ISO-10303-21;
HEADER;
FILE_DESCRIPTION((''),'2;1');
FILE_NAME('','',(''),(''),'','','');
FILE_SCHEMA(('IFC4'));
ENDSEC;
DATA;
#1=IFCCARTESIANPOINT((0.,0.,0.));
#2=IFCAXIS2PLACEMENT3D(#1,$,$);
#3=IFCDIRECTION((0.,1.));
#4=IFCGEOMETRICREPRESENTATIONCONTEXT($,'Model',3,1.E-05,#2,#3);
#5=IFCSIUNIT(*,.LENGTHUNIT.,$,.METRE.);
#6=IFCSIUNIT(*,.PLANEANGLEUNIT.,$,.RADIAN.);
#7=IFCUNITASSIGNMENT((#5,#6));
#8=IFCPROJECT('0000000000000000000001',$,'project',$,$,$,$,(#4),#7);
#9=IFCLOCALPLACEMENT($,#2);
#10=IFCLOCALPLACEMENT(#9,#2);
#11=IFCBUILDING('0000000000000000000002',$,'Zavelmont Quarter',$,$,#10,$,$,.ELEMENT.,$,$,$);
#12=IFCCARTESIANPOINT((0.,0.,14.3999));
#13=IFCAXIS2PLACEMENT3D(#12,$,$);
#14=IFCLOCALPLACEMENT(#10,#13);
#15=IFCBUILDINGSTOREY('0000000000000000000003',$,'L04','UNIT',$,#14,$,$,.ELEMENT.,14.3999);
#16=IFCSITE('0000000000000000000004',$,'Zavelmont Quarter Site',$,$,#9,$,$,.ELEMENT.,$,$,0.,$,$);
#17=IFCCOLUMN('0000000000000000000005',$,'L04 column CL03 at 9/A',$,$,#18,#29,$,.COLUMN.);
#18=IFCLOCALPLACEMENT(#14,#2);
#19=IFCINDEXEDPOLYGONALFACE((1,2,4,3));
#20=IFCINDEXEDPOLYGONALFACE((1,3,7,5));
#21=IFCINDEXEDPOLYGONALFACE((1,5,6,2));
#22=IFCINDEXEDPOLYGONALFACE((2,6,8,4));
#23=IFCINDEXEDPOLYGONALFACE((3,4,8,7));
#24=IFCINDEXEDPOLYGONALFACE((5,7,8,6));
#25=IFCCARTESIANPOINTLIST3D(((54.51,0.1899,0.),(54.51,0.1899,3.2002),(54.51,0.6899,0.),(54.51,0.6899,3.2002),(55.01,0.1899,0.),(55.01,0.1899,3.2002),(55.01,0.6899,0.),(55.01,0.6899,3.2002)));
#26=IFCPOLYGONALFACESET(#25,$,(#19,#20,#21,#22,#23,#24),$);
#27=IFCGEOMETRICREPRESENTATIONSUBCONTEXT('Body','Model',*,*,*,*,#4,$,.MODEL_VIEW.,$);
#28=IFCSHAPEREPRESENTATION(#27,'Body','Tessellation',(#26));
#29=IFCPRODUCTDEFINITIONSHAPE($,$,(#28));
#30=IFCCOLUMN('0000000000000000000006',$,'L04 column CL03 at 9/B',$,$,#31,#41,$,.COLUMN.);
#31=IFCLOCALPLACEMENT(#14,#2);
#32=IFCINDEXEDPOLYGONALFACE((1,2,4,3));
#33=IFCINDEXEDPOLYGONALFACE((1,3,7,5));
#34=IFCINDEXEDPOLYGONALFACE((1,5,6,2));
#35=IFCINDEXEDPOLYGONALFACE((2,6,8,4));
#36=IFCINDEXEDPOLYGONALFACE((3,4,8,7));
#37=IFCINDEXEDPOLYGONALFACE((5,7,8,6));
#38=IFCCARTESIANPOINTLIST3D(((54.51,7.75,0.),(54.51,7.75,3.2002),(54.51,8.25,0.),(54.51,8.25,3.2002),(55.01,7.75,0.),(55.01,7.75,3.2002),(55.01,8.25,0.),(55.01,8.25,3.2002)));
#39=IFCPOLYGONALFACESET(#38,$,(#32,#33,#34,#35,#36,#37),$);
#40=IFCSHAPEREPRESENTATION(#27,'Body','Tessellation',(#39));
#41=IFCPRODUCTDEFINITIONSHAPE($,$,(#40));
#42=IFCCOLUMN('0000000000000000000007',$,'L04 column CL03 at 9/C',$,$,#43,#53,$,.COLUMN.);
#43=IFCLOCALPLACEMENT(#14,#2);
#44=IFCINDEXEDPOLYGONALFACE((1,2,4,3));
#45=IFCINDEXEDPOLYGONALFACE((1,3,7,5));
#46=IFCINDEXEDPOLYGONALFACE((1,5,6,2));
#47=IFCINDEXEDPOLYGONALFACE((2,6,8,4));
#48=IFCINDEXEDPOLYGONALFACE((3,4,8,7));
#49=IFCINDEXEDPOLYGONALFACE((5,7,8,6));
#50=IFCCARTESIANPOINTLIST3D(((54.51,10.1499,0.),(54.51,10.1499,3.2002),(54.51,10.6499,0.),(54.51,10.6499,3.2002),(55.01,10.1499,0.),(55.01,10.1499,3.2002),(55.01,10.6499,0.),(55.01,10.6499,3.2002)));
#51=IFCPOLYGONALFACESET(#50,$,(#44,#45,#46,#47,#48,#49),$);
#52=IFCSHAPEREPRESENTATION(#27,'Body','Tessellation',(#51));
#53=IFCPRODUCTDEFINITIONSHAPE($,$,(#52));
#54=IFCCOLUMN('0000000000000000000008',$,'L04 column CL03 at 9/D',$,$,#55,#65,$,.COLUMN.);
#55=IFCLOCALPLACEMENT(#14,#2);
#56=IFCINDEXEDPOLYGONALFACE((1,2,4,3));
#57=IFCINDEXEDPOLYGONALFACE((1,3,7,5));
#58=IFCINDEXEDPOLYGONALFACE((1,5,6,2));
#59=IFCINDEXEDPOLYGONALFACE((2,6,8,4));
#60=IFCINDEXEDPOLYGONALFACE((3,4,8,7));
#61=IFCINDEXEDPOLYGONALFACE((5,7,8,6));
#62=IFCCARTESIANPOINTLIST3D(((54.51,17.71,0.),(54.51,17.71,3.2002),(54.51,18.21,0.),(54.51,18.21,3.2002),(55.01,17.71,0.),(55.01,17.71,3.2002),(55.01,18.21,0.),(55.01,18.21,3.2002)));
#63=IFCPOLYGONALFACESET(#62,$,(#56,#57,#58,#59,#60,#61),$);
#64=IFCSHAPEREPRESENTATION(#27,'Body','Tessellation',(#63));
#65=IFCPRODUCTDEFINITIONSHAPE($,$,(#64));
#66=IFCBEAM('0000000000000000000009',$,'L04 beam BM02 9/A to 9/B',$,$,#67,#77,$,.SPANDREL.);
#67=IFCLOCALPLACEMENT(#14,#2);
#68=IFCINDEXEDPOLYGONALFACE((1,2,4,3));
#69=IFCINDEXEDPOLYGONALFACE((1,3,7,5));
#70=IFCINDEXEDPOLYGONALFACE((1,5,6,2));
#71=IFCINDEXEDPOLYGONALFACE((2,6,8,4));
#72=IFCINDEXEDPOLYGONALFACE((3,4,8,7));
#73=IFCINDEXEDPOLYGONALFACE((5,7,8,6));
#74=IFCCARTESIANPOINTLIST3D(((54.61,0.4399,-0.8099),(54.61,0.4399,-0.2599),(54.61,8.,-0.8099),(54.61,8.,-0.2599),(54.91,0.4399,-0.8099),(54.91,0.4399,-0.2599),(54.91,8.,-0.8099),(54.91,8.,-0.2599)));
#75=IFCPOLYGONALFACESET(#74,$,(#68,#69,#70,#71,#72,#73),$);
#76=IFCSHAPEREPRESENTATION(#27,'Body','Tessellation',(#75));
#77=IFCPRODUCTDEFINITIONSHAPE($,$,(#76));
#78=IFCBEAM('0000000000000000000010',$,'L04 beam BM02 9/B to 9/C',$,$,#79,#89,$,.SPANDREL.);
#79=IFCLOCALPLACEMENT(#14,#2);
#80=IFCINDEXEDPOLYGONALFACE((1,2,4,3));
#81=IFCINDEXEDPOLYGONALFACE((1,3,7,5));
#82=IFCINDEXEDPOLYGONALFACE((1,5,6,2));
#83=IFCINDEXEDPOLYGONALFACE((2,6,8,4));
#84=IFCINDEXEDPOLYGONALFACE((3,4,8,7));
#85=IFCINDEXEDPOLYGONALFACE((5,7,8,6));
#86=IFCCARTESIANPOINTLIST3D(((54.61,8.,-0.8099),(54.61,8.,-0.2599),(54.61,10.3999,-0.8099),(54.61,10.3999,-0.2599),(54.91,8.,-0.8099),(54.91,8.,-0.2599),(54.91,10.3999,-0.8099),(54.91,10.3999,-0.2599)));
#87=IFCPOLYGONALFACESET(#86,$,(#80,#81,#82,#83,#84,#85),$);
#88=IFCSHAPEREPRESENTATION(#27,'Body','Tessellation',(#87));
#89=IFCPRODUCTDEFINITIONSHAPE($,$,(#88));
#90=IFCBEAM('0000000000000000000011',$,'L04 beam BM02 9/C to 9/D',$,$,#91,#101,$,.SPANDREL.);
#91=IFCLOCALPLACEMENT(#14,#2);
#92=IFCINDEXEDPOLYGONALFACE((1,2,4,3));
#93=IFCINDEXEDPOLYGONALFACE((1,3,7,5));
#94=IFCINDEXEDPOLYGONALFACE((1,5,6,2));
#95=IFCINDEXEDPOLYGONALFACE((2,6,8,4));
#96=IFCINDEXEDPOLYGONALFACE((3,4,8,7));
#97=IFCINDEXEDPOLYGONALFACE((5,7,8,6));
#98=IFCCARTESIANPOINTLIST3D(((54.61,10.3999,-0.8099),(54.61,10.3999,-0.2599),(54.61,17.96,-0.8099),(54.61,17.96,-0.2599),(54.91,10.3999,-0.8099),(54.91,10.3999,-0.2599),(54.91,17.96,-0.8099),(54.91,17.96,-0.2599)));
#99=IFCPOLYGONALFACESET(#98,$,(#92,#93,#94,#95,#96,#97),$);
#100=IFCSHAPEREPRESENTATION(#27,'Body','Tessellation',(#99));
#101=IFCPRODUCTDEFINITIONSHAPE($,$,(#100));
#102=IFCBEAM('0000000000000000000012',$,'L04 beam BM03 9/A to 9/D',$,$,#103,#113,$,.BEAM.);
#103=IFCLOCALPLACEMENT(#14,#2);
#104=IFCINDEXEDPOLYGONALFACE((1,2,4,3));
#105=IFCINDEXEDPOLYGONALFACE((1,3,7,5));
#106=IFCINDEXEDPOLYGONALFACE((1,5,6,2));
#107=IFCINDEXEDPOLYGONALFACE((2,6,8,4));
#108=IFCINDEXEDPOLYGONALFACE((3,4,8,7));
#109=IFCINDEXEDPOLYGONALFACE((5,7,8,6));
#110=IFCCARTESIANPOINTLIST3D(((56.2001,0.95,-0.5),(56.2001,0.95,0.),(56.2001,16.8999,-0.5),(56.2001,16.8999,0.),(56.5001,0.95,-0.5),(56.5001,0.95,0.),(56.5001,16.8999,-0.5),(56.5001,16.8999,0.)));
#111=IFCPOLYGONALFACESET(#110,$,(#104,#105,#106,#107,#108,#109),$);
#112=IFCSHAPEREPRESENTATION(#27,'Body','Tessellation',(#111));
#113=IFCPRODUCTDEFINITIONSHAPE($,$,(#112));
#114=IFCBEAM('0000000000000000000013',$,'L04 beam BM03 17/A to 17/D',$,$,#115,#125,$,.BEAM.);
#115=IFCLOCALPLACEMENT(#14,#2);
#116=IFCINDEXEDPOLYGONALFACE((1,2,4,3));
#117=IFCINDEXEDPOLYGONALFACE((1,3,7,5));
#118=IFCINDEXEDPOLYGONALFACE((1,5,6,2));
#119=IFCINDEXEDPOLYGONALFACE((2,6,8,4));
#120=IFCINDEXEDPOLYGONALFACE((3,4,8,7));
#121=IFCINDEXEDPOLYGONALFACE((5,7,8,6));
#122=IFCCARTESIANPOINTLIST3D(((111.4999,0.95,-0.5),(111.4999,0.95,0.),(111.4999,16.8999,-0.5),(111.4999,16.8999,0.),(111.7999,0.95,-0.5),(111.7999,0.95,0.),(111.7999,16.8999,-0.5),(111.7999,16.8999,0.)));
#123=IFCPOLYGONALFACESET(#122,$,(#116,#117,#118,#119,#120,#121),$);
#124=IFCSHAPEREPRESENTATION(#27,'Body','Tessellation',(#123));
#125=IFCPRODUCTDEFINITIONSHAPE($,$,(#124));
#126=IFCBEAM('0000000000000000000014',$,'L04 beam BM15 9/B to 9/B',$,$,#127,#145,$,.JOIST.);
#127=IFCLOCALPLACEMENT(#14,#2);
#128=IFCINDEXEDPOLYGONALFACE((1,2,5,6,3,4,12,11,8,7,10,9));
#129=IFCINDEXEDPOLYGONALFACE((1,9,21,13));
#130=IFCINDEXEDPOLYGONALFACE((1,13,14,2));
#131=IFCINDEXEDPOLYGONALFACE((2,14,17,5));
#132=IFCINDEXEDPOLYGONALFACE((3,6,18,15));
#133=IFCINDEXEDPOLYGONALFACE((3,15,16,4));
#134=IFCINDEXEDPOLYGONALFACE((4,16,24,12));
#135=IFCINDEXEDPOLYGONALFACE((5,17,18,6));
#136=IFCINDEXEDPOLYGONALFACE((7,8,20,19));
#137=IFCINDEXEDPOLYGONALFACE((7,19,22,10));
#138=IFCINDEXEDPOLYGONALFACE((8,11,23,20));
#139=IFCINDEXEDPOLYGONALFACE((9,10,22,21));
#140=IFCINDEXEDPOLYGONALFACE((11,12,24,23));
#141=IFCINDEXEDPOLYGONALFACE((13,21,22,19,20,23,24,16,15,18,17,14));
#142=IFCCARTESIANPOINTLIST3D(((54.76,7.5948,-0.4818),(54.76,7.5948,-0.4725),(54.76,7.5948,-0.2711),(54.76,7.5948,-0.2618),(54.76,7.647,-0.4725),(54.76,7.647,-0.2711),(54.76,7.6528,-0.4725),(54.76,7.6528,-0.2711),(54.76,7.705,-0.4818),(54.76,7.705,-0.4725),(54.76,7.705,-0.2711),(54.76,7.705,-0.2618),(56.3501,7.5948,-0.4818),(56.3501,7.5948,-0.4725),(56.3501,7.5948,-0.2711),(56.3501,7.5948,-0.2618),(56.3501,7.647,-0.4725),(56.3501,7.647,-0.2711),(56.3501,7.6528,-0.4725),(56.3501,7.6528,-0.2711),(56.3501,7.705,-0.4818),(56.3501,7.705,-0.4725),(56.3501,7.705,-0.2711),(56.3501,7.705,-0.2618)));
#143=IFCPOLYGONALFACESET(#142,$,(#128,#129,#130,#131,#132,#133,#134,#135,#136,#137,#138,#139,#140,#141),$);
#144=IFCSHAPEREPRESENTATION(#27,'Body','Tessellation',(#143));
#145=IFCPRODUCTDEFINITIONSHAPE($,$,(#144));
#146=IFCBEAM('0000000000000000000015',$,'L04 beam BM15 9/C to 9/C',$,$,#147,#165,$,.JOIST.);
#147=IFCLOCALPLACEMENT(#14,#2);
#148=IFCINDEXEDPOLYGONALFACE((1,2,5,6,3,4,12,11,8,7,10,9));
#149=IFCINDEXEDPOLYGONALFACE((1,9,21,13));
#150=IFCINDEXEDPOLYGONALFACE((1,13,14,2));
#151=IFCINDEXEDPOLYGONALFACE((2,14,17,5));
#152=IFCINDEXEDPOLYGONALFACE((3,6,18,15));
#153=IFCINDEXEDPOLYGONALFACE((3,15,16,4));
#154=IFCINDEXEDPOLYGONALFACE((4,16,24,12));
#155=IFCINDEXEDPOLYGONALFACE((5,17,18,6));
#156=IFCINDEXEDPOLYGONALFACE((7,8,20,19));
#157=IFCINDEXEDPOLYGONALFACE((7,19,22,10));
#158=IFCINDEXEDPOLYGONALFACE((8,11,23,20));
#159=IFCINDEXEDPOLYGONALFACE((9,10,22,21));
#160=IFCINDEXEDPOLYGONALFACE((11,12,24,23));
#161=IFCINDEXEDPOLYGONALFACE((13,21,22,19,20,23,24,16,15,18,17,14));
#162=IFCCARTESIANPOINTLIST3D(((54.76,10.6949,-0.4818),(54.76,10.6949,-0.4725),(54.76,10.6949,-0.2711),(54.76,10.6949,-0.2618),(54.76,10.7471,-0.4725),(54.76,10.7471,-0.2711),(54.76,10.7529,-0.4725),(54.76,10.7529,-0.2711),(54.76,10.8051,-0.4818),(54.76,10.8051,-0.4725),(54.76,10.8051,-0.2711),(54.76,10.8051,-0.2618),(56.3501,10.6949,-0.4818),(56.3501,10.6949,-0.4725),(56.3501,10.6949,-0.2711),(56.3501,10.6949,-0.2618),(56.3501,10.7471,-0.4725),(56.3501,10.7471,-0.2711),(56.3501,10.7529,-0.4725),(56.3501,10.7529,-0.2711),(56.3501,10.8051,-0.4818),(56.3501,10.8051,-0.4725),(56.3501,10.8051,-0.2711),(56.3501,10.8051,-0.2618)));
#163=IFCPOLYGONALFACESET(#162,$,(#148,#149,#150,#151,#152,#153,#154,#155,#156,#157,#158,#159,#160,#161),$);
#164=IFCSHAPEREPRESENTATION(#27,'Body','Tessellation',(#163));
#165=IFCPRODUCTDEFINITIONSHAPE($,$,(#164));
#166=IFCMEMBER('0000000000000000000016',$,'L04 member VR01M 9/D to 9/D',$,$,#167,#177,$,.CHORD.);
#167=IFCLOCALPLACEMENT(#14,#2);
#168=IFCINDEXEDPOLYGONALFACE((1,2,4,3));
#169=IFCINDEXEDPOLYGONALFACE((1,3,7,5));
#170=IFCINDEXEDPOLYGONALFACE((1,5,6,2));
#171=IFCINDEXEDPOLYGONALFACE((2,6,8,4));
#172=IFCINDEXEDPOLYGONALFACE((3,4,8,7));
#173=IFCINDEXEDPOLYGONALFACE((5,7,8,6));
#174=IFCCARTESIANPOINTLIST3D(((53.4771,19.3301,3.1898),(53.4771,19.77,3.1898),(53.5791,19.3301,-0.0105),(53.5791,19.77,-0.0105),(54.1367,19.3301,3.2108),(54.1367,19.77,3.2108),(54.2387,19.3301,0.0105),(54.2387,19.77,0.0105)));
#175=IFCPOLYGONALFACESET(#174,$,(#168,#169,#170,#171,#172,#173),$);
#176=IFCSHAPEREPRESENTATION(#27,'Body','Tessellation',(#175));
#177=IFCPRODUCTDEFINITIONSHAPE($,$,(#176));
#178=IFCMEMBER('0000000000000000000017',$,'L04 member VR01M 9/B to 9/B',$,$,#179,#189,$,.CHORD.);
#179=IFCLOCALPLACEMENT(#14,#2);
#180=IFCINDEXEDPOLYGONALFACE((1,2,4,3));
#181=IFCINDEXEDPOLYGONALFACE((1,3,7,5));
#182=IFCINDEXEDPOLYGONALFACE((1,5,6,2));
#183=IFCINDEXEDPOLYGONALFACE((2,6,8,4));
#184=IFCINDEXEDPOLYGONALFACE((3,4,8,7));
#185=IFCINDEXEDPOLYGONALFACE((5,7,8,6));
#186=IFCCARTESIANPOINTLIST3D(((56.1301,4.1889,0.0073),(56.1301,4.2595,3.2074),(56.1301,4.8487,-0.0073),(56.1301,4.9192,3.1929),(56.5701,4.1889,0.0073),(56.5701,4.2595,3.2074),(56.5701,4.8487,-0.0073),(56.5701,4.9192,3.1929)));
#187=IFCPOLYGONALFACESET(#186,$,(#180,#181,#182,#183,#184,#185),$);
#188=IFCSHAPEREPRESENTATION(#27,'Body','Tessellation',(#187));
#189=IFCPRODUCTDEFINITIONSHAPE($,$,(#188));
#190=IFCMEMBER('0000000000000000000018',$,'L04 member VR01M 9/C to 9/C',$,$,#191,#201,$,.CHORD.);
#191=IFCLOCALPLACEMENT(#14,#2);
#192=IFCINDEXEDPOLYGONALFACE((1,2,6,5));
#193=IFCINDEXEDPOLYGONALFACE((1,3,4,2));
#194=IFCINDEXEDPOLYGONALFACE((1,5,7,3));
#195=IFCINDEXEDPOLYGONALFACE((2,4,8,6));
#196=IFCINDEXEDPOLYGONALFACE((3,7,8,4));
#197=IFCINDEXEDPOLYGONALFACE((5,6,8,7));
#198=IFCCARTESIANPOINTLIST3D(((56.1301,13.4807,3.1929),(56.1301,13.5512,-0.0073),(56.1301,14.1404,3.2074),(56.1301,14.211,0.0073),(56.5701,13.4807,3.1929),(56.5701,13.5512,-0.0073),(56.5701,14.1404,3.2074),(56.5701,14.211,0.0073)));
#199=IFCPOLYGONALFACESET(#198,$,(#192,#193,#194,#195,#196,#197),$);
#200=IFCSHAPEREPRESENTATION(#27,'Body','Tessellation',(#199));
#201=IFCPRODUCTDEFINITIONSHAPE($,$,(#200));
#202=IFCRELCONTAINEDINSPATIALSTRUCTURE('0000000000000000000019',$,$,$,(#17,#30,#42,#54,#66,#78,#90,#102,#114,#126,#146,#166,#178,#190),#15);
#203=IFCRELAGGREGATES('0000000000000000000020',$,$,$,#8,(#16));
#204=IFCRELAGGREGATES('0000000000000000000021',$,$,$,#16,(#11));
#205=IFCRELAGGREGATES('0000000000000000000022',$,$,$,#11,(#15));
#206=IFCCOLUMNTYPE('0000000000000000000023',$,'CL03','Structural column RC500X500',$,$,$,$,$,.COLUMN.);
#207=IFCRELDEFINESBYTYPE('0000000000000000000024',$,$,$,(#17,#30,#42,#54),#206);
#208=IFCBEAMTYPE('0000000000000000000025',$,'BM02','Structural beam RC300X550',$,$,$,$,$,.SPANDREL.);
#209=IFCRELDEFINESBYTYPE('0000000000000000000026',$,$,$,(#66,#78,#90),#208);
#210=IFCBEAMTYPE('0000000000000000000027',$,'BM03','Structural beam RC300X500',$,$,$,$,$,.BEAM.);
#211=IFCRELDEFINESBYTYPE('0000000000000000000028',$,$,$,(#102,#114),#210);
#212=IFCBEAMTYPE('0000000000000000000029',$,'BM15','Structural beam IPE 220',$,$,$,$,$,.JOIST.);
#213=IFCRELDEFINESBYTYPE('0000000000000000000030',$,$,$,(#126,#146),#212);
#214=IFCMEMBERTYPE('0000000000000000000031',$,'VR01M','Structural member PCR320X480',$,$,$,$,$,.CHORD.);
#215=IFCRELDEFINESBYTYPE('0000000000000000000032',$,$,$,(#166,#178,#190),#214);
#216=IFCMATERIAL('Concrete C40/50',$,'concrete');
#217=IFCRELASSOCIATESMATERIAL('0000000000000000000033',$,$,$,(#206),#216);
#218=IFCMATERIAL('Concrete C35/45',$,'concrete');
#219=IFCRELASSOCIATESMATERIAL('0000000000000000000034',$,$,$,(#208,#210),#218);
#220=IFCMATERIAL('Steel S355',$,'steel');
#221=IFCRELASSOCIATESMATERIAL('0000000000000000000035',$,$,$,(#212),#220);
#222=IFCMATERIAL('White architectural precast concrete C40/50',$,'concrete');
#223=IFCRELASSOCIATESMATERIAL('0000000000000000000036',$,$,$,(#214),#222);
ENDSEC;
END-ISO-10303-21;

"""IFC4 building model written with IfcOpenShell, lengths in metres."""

from ifc_helpers import new_model, si_unit, direction, frame, origin, origin_2d, place, context, subcontext, project, spatial, rectangle, i_section, extrude, material, material_profile, profile_set, type_object, element, save


model = new_model("IFC4")

# Units and contexts
model_context = context("Model", 3, precision=1e-05, world=origin(), true_north=direction((0.0, 1.0)))
body_context = subcontext(model_context, "Body", "Model", "MODEL_VIEW")
ifc_project = project(units=[si_unit("LENGTHUNIT", "METRE"), si_unit("PLANEANGLEUNIT", "RADIAN")], contexts=[model_context])

# Site, building, storey
site_placement = place(None, origin())
site = spatial("IfcSite", under=ifc_project, at=site_placement, Name="Zavelmont Quarter Site", CompositionType="ELEMENT", RefElevation=0.0)
building_placement = place(site_placement, origin())
building = spatial("IfcBuilding", under=site, at=building_placement, Name="Zavelmont Quarter", CompositionType="ELEMENT")
storey_placement = place(building_placement, frame((0.0, 0.0, 14.3999)))
storey = spatial("IfcBuildingStorey", under=building, at=storey_placement, Name="L04", Description="UNIT", CompositionType="ELEMENT", Elevation=14.3999)

# Columns
ifc_material_1 = material(Name="Concrete C40/50", Category="concrete")
ifc_material_profile_1 = material_profile(ifc_material_1, rectangle(XDim=0.5, YDim=0.5, at=origin_2d()), Name="RC500X500")
ifc_profile_set_1 = profile_set([ifc_material_profile_1], Name="Concrete C40/50")
column_type = type_object("IfcColumnType", Name="CL03", Description="Structural column RC500X500", PredefinedType="COLUMN", material=ifc_profile_set_1)
for number, where, z_axis, x_axis, name in (
    (1, (54.76, 0.4399, 0.0), (0.0, 0.0, 1.0), (1.0, 0.0, 0.0), "L04 column CL03 at 9/A"),
    (2, (54.76, 8.0, 0.0), (0.0, 0.0, 1.0), (1.0, 0.0, 0.0), "L04 column CL03 at 9/B"),
    (3, (54.76, 10.3999, 0.0), (0.0, 0.0, 1.0), (1.0, 0.0, 0.0), "L04 column CL03 at 9/C"),
    (4, (54.76, 17.96, 0.0), (0.0, 0.0, 1.0), (1.0, 0.0, 0.0), "L04 column CL03 at 9/D"),
):
    element("IfcColumn", number, at=place(storey_placement, frame(where, z_axis=z_axis, x_axis=x_axis)), inside=storey, type_object=column_type, Name=name, PredefinedType="COLUMN", context=body_context, shape_type="SweptSolid", body=[
        extrude(rectangle(XDim=0.5, YDim=0.5, at=origin_2d()), origin(), (0.0, 0.0, 1.0), 3.2002),
    ])

# Beams
ifc_material_2 = material(Name="Concrete C35/45", Category="concrete")
ifc_material_profile_2 = material_profile(ifc_material_2, rectangle(XDim=0.3, YDim=0.55, at=origin_2d()), Name="RC300X550")
ifc_profile_set_2 = profile_set([ifc_material_profile_2], Name="Concrete C35/45")
beam_type_1 = type_object("IfcBeamType", Name="BM02", Description="Structural beam RC300X550", PredefinedType="SPANDREL", material=ifc_profile_set_2)
beam_1_placement = place(storey_placement, frame((54.76, 0.4399, -0.5349), z_axis=(0.0, 1.0, 0.0), x_axis=(-1.0, 0.0, 0.0)))
element("IfcBeam", 5, at=beam_1_placement, inside=storey, type_object=beam_type_1, Name="L04 beam BM02 9/A to 9/B", PredefinedType="SPANDREL", context=body_context, shape_type="SweptSolid", body=[
    extrude(rectangle(XDim=0.3, YDim=0.55, at=origin_2d()), origin(), (0.0, 0.0, 1.0), 7.5601),
])
beam_2_placement = place(storey_placement, frame((54.76, 8.0, -0.5349), z_axis=(0.0, 1.0, 0.0), x_axis=(-1.0, 0.0, 0.0)))
element("IfcBeam", 6, at=beam_2_placement, inside=storey, type_object=beam_type_1, Name="L04 beam BM02 9/B to 9/C", PredefinedType="SPANDREL", context=body_context, shape_type="SweptSolid", body=[
    extrude(rectangle(XDim=0.3, YDim=0.55, at=origin_2d()), origin(), (0.0, 0.0, 1.0), 2.3999),
])
beam_3_placement = place(storey_placement, frame((54.76, 10.3999, -0.5349), z_axis=(0.0, 1.0, 0.0), x_axis=(-1.0, 0.0, 0.0)))
element("IfcBeam", 7, at=beam_3_placement, inside=storey, type_object=beam_type_1, Name="L04 beam BM02 9/C to 9/D", PredefinedType="SPANDREL", context=body_context, shape_type="SweptSolid", body=[
    extrude(rectangle(XDim=0.3, YDim=0.55, at=origin_2d()), origin(), (0.0, 0.0, 1.0), 7.5601),
])
ifc_material_profile_3 = material_profile(ifc_material_2, rectangle(XDim=0.3, YDim=0.5, at=origin_2d()), Name="RC300X500")
ifc_profile_set_3 = profile_set([ifc_material_profile_3], Name="Concrete C35/45")
beam_type_2 = type_object("IfcBeamType", Name="BM03", Description="Structural beam RC300X500", PredefinedType="BEAM", material=ifc_profile_set_3)
for number, where, z_axis, x_axis, name in (
    (8, (56.3501, 0.95, -0.25), (0.0, 1.0, 0.0), (-1.0, 0.0, 0.0), "L04 beam BM03 9/A to 9/D"),
    (9, (111.6499, 0.95, -0.25), (0.0, 1.0, 0.0), (-1.0, 0.0, 0.0), "L04 beam BM03 17/A to 17/D"),
):
    element("IfcBeam", number, at=place(storey_placement, frame(where, z_axis=z_axis, x_axis=x_axis)), inside=storey, type_object=beam_type_2, Name=name, PredefinedType="BEAM", context=body_context, shape_type="SweptSolid", body=[
        extrude(rectangle(XDim=0.3, YDim=0.5, at=origin_2d()), origin(), (0.0, 0.0, 1.0), 15.95),
    ])
ifc_material_3 = material(Name="Steel S355", Category="steel")
ifc_material_profile_4 = material_profile(ifc_material_3, i_section(OverallWidth=0.1101, OverallDepth=0.22, WebThickness=0.0059, FlangeThickness=0.0093, at=origin_2d()), Name="IPE 220")
ifc_profile_set_4 = profile_set([ifc_material_profile_4], Name="Steel S355")
beam_type_3 = type_object("IfcBeamType", Name="BM15", Description="Structural beam IPE 220", PredefinedType="JOIST", material=ifc_profile_set_4)
for number, where, z_axis, x_axis, name in (
    (10, (54.76, 7.6499, -0.3718), (1.0, 0.0, 0.0), (0.0, 1.0, 0.0), "L04 beam BM15 9/B to 9/B"),
    (11, (54.76, 10.75, -0.3718), (1.0, 0.0, 0.0), (0.0, 1.0, 0.0), "L04 beam BM15 9/C to 9/C"),
):
    element("IfcBeam", number, at=place(storey_placement, frame(where, z_axis=z_axis, x_axis=x_axis)), inside=storey, type_object=beam_type_3, Name=name, PredefinedType="JOIST", context=body_context, shape_type="SweptSolid", body=[
        extrude(i_section(OverallWidth=0.1101, OverallDepth=0.22, WebThickness=0.0059, FlangeThickness=0.0093, at=origin_2d()), origin(), (0.0, 0.0, 1.0), 1.5901),
    ])

# Members
ifc_material_4 = material(Name="White architectural precast concrete C40/50", Category="concrete")
ifc_material_profile_5 = material_profile(ifc_material_4, rectangle(XDim=0.4399, YDim=0.6599, at=origin_2d()), Name="PCR320X480")
ifc_profile_set_5 = profile_set([ifc_material_profile_5], Name="White architectural precast concrete C40/50")
member_type = type_object("IfcMemberType", Name="VR01M", Description="Structural member PCR320X480", PredefinedType="CHORD", material=ifc_profile_set_5)
member_1_placement = place(storey_placement, frame((53.9089, 19.55, 0.0), z_axis=(-0.031873, 0.0, 0.999492), x_axis=(0.0, -1.0, 0.0)))
element("IfcMember", 12, at=member_1_placement, inside=storey, type_object=member_type, Name="L04 member VR01M 9/D to 9/D", PredefinedType="CHORD", context=body_context, shape_type="SweptSolid", body=[
    extrude(rectangle(XDim=0.4399, YDim=0.6599, at=origin_2d()), origin(), (0.0, 0.0, 1.0), 3.2019),
])
for number, where, z_axis, x_axis, name in (
    (13, (56.3501, 4.5188, 0.0), (0.0, 0.022042, 0.999757), (-1.0, 0.0, 0.0), "L04 member VR01M 9/B to 9/B"),
    (14, (56.3501, 13.8811, 0.0), (0.0, -0.022042, 0.999757), (1.0, 0.0, 0.0), "L04 member VR01M 9/C to 9/C"),
):
    element("IfcMember", number, at=place(storey_placement, frame(where, z_axis=z_axis, x_axis=x_axis)), inside=storey, type_object=member_type, Name=name, PredefinedType="CHORD", context=body_context, shape_type="SweptSolid", body=[
        extrude(rectangle(XDim=0.4399, YDim=0.6599, at=origin_2d()), origin(), (0.0, 0.0, 1.0), 3.2009),
    ])

save(model, "model.ifc")
